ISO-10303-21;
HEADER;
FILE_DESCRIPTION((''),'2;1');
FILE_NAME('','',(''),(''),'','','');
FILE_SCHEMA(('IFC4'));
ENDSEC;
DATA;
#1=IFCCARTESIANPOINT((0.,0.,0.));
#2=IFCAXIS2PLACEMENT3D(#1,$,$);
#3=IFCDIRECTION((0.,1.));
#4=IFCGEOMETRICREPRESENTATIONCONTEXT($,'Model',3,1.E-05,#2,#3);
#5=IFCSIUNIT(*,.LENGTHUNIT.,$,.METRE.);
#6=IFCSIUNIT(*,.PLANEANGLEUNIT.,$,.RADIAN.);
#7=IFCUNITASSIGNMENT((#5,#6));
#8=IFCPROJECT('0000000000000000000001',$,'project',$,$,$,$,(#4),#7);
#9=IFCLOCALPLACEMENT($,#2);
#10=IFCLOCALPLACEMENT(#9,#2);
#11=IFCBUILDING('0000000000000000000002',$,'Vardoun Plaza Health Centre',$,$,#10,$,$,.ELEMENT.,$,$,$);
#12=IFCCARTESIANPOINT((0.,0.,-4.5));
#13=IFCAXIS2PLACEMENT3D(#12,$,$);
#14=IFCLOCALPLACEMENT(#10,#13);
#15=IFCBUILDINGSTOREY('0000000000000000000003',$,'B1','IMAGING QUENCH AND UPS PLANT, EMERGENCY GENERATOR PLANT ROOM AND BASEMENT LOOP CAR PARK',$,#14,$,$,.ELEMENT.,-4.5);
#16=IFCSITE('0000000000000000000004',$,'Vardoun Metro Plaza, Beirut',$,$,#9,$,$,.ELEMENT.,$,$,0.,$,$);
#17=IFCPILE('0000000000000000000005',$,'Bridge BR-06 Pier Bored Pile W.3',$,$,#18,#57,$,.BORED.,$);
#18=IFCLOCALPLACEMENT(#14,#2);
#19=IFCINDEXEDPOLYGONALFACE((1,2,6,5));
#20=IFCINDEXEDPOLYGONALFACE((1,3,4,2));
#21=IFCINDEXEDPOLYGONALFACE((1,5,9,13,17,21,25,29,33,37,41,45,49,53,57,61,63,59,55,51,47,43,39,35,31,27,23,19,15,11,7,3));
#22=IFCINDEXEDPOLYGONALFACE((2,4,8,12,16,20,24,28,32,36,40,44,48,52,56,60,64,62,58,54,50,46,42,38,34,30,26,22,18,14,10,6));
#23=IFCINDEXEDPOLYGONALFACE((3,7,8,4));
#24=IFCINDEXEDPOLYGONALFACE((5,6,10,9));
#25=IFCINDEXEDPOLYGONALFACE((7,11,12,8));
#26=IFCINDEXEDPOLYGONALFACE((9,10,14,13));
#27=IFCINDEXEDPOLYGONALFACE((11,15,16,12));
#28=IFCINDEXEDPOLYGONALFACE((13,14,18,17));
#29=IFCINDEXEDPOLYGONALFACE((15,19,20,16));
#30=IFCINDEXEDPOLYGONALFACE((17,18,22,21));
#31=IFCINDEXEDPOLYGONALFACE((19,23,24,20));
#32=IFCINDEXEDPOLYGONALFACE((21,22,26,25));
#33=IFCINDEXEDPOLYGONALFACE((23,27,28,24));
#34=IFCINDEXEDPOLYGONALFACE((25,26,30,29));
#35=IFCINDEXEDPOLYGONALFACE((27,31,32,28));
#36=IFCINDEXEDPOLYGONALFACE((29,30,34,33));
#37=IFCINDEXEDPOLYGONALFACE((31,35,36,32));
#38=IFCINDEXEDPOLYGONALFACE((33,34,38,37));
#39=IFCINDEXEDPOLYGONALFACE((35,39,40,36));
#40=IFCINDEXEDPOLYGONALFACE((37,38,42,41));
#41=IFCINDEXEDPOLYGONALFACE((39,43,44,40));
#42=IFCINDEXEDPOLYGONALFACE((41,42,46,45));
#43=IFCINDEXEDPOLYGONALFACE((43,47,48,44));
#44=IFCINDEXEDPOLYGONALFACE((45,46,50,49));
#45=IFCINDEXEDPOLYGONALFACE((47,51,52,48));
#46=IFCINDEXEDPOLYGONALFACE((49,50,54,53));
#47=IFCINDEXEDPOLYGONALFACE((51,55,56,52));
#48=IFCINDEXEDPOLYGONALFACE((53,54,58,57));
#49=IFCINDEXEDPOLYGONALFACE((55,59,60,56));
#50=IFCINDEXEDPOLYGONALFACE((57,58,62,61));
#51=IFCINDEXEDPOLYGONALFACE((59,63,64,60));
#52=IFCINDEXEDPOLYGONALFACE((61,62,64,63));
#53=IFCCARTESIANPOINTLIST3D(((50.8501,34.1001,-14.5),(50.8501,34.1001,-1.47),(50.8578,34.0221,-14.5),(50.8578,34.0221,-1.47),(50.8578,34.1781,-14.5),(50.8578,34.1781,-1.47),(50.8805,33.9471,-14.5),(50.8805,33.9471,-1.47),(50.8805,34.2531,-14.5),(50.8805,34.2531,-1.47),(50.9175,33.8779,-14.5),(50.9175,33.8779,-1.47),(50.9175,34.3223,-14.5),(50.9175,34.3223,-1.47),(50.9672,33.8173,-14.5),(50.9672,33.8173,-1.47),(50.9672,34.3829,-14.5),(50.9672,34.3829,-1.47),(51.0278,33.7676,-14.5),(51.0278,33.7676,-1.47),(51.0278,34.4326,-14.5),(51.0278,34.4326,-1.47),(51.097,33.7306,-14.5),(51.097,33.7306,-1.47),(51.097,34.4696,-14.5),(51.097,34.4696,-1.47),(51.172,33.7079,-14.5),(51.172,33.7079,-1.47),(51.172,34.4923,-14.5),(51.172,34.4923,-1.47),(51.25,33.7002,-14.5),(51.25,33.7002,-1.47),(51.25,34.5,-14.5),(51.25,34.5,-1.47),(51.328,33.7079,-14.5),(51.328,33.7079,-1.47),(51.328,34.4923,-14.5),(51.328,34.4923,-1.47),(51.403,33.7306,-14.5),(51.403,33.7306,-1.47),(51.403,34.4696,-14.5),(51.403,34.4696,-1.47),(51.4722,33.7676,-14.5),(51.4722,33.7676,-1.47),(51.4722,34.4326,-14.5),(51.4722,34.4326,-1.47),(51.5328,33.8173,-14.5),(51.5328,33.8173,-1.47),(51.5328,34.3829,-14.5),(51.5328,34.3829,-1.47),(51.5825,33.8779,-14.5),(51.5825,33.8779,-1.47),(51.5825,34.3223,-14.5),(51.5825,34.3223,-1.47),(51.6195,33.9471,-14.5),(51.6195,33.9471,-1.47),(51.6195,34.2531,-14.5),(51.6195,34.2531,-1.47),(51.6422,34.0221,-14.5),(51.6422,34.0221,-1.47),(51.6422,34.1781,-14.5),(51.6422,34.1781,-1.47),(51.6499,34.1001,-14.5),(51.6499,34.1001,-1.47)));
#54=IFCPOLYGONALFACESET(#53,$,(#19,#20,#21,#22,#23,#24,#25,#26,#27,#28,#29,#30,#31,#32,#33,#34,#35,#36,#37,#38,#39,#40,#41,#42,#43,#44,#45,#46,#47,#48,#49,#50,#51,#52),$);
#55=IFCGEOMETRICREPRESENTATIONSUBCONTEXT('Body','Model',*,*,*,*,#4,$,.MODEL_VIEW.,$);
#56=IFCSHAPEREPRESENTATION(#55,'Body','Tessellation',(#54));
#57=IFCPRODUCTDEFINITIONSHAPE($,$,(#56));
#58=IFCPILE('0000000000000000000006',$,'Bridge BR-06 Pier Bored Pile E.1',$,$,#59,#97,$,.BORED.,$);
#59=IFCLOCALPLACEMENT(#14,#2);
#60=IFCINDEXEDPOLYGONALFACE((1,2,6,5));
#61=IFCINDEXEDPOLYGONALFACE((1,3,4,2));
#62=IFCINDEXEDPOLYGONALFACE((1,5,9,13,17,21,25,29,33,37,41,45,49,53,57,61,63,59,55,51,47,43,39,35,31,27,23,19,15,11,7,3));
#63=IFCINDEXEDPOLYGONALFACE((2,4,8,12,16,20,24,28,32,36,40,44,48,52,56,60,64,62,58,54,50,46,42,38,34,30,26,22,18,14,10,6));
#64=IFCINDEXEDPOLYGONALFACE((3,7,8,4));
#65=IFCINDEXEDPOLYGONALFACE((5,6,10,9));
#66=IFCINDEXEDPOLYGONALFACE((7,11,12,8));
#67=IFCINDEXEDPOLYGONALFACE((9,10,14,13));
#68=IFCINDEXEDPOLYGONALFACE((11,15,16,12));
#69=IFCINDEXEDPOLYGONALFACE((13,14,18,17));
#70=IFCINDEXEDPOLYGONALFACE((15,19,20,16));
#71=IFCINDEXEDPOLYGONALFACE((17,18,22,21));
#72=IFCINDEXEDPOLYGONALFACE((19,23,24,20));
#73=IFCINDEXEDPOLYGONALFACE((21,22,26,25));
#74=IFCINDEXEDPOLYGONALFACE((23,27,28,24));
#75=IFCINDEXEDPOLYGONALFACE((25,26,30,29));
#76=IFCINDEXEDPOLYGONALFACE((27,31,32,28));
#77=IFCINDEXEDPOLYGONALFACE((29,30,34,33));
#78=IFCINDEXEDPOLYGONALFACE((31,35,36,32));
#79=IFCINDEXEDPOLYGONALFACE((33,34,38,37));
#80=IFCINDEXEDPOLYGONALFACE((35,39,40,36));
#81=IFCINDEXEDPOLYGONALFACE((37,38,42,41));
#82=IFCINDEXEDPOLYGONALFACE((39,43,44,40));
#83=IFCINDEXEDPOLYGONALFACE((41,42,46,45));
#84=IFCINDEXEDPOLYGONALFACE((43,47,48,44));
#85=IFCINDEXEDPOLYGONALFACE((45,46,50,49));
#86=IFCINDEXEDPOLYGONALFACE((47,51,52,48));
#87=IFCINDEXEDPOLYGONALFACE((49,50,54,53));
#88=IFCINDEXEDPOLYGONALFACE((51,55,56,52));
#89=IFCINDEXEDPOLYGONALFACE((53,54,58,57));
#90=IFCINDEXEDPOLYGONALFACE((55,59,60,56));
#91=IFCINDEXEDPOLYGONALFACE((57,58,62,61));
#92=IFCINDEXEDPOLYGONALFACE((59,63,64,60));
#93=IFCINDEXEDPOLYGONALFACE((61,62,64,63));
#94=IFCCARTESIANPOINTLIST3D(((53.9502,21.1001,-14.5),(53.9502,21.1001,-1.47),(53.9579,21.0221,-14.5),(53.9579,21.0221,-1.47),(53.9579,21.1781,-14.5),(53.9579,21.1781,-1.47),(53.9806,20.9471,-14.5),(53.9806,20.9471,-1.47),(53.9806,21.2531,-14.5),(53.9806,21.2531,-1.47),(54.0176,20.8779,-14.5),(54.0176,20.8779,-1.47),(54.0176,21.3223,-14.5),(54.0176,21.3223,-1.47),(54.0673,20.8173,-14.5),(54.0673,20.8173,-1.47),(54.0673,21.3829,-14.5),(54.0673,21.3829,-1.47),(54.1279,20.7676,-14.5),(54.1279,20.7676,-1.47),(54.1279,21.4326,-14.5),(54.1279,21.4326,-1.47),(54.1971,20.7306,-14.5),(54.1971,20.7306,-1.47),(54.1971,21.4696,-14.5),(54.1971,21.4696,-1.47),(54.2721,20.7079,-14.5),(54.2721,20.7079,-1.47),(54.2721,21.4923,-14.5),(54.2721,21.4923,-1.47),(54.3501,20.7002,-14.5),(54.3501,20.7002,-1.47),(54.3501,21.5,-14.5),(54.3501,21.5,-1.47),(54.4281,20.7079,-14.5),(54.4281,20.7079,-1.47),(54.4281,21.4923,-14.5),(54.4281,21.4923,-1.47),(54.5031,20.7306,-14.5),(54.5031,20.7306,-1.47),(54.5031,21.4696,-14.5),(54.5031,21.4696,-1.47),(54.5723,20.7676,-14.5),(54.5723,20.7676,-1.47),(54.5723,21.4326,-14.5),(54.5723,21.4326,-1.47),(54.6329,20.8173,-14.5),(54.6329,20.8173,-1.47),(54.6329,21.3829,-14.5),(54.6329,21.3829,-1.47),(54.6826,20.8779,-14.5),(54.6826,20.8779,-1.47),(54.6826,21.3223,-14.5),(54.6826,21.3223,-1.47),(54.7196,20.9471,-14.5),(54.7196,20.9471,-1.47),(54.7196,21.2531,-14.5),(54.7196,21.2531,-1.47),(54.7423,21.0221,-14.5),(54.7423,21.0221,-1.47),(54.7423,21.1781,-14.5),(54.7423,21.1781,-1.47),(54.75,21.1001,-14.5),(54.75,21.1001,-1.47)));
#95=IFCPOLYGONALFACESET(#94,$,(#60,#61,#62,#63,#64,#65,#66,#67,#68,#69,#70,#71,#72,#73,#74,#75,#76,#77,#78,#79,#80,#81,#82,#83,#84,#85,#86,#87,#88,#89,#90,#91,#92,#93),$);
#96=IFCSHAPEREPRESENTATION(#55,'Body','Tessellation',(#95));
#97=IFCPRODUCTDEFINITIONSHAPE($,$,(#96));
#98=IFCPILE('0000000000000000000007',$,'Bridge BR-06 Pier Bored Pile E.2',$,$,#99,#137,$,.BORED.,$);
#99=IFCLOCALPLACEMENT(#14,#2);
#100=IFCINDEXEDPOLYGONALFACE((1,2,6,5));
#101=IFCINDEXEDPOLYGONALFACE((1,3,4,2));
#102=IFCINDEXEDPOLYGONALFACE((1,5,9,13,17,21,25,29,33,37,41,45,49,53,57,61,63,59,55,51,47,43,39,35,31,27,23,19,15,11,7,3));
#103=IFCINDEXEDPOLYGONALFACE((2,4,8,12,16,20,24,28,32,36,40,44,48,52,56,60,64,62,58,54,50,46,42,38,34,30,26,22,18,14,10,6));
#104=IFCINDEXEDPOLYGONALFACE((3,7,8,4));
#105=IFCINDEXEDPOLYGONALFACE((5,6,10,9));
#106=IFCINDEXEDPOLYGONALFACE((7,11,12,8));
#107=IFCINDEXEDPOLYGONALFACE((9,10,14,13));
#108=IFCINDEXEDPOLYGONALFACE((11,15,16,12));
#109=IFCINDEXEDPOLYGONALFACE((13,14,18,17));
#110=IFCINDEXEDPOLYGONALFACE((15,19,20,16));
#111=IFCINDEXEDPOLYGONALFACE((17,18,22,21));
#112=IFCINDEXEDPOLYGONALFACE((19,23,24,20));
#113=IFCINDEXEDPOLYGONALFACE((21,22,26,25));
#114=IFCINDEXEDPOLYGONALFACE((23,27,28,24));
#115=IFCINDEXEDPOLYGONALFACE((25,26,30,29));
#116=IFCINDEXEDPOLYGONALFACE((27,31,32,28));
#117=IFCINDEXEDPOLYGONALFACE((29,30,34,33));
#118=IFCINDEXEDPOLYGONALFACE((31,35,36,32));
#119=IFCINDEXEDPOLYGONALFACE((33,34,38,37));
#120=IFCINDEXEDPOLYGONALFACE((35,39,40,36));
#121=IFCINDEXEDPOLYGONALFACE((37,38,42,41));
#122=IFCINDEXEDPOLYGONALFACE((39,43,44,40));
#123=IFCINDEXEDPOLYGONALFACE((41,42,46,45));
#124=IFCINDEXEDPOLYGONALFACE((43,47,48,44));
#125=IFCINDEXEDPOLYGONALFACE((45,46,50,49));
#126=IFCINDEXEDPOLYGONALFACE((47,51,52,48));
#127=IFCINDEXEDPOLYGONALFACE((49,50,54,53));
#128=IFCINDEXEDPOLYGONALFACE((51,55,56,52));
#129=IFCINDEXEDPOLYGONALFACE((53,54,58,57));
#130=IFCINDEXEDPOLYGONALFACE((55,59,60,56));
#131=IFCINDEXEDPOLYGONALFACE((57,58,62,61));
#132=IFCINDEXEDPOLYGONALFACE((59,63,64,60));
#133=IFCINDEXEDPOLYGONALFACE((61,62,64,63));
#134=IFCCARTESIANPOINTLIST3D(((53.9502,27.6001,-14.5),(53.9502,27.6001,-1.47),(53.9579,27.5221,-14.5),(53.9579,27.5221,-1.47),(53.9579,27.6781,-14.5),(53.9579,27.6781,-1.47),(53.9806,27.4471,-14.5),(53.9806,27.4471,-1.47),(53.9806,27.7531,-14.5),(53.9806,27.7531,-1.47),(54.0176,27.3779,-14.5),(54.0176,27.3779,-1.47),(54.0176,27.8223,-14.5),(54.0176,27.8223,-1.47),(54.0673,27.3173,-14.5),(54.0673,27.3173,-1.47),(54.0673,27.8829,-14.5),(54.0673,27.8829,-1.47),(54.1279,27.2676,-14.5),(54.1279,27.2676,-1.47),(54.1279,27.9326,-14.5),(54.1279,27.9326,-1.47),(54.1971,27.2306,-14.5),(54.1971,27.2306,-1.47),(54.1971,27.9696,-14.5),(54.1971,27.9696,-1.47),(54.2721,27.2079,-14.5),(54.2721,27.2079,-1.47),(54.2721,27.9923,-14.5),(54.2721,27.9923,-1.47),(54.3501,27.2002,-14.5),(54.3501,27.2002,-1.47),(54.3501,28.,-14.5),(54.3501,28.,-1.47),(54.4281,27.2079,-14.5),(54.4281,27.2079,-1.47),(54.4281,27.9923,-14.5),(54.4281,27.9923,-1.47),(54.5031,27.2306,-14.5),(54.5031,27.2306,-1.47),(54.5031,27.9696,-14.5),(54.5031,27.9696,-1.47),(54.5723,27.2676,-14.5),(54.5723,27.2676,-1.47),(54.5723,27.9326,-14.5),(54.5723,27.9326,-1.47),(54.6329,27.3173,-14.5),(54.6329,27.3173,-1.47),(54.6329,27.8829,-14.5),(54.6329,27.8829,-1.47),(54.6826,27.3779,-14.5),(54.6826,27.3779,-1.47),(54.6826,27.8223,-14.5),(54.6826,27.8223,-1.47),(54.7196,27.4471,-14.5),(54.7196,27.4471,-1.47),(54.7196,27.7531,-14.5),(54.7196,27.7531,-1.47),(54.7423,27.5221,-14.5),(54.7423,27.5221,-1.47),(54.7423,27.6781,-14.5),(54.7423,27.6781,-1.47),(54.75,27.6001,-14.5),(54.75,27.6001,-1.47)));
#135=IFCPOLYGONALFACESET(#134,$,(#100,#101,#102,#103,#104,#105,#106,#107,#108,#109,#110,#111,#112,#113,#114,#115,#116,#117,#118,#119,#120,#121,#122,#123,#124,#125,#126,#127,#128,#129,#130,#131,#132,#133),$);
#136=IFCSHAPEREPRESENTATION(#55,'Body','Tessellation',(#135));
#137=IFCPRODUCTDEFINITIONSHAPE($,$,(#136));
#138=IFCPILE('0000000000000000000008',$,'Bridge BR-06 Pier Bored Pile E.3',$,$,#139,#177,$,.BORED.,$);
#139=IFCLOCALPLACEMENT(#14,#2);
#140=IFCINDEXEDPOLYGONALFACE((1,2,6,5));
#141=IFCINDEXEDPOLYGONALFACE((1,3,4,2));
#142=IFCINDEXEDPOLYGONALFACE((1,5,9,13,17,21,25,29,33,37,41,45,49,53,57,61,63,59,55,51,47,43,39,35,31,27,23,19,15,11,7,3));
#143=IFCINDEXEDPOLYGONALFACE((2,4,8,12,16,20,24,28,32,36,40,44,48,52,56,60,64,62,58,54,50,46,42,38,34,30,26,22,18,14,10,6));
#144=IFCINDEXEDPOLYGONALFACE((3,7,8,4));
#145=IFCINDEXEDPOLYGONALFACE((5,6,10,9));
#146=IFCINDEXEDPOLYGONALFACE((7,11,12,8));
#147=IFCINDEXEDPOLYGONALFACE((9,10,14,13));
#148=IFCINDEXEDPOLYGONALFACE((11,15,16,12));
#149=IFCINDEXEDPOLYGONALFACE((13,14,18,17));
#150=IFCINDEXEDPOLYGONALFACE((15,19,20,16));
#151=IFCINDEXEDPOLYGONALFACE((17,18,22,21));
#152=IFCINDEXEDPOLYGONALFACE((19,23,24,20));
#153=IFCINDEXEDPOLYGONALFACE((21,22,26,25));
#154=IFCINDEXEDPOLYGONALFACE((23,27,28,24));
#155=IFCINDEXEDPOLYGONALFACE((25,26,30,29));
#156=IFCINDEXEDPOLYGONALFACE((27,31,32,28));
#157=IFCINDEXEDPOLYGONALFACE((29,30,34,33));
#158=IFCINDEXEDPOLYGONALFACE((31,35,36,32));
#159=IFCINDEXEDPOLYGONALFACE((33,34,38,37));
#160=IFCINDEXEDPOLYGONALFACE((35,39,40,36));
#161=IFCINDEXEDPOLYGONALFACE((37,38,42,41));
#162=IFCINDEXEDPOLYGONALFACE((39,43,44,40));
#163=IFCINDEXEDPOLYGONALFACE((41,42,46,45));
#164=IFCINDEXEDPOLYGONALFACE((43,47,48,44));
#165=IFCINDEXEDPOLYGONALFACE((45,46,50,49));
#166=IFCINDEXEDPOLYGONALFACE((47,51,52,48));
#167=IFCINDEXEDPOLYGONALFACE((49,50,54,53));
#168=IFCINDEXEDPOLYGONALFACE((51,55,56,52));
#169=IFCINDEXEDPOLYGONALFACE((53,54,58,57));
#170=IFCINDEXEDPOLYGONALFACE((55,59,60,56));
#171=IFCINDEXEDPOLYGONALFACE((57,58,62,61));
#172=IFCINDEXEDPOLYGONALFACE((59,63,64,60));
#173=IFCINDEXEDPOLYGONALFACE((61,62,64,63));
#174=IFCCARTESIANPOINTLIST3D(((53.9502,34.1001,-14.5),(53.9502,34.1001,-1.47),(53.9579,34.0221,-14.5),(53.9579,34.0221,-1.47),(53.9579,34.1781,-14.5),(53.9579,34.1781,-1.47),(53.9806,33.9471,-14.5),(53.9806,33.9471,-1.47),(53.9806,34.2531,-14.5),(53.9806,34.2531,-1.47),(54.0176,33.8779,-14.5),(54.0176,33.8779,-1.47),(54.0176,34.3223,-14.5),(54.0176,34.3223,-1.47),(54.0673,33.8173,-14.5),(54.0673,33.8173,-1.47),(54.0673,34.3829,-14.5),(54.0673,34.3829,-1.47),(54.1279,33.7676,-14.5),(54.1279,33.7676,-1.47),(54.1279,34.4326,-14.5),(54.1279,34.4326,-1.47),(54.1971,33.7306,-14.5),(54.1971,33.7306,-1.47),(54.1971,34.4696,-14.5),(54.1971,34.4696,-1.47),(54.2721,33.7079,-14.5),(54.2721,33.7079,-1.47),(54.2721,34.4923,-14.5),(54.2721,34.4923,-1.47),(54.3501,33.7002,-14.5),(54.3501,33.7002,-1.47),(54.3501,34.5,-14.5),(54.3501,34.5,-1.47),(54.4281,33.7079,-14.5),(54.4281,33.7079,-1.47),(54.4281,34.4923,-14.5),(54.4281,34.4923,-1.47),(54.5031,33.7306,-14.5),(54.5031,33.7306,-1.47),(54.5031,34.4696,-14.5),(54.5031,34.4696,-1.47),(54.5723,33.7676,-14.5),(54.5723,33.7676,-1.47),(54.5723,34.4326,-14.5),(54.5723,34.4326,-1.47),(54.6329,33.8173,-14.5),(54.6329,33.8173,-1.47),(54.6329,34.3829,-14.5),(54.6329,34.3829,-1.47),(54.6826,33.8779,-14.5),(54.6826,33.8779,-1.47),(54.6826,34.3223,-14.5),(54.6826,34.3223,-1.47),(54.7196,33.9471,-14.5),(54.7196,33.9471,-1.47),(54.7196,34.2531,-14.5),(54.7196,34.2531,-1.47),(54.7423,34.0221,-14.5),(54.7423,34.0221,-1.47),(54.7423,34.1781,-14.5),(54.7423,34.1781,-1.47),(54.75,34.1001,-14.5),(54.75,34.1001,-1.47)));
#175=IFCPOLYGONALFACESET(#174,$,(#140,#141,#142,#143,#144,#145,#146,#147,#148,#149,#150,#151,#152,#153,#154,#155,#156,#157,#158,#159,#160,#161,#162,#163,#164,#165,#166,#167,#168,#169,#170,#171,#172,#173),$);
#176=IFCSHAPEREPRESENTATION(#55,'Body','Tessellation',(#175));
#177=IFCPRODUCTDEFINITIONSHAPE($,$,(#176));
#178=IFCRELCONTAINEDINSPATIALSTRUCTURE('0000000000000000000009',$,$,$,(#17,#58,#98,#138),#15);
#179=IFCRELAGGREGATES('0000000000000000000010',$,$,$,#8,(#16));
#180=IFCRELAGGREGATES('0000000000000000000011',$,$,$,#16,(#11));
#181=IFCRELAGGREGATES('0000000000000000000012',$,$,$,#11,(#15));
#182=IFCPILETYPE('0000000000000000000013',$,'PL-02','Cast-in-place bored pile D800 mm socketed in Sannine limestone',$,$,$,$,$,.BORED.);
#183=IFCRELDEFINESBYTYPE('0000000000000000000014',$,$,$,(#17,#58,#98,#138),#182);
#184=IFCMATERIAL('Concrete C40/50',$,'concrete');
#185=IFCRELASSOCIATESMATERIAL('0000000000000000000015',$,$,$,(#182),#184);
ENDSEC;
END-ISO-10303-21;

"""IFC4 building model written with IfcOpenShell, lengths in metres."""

from ifc_helpers import new_model, si_unit, direction, frame, origin, origin_2d, place, context, subcontext, project, spatial, circle, extrude, material, material_profile, profile_set, type_object, element, save


model = new_model("IFC4")

# Units and contexts
model_context = context("Model", 3, precision=1e-05, world=origin(), true_north=direction((0.0, 1.0)))
body_context = subcontext(model_context, "Body", "Model", "MODEL_VIEW")
ifc_project = project(units=[si_unit("LENGTHUNIT", "METRE"), si_unit("PLANEANGLEUNIT", "RADIAN")], contexts=[model_context])

# Site, building, storey
site_placement = place(None, origin())
site = spatial("IfcSite", under=ifc_project, at=site_placement, Name="Vardoun Metro Plaza, Beirut", CompositionType="ELEMENT", RefElevation=0.0)
building_placement = place(site_placement, origin())
building = spatial("IfcBuilding", under=site, at=building_placement, Name="Vardoun Plaza Health Centre", CompositionType="ELEMENT")
storey_placement = place(building_placement, frame((0.0, 0.0, -4.5)))
storey = spatial("IfcBuildingStorey", under=building, at=storey_placement, Name="B1", Description="IMAGING QUENCH AND UPS PLANT, EMERGENCY GENERATOR PLANT ROOM AND BASEMENT LOOP CAR PARK", CompositionType="ELEMENT", Elevation=-4.5)

# Piles
ifc_material_1 = material(Name="Concrete C40/50", Category="concrete")
ifc_material_profile_1 = material_profile(ifc_material_1, circle(Radius=0.3999, at=origin_2d()), Name="PILE D800")
ifc_profile_set_1 = profile_set([ifc_material_profile_1], Name="Concrete C40/50")
pile_type_1 = type_object("IfcPileType", Name="PL-02", Description="Cast-in-place bored pile D800 mm socketed in Sannine limestone", PredefinedType="BORED", material=ifc_profile_set_1)
for number, where, z_axis, x_axis, name in (
    (1, (51.25, 34.1001, -1.47), (0.0, 0.0, -1.0), (1.0, 0.0, 0.0), "Bridge BR-06 Pier Bored Pile W.3"),
    (2, (54.3501, 21.1001, -1.47), (0.0, 0.0, -1.0), (1.0, 0.0, 0.0), "Bridge BR-06 Pier Bored Pile E.1"),
    (3, (54.3501, 27.6001, -1.47), (0.0, 0.0, -1.0), (1.0, 0.0, 0.0), "Bridge BR-06 Pier Bored Pile E.2"),
    (4, (54.3501, 34.1001, -1.47), (0.0, 0.0, -1.0), (1.0, 0.0, 0.0), "Bridge BR-06 Pier Bored Pile E.3"),
):
    element("IfcPile", number, at=place(storey_placement, frame(where, z_axis=z_axis, x_axis=x_axis)), inside=storey, type_object=pile_type_1, Name=name, PredefinedType="BORED", context=body_context, shape_type="SweptSolid", body=[
        extrude(circle(Radius=0.3999, at=origin_2d()), origin(), (0.0, 0.0, 1.0), 13.03),
    ])

save(model, "model.ifc")
